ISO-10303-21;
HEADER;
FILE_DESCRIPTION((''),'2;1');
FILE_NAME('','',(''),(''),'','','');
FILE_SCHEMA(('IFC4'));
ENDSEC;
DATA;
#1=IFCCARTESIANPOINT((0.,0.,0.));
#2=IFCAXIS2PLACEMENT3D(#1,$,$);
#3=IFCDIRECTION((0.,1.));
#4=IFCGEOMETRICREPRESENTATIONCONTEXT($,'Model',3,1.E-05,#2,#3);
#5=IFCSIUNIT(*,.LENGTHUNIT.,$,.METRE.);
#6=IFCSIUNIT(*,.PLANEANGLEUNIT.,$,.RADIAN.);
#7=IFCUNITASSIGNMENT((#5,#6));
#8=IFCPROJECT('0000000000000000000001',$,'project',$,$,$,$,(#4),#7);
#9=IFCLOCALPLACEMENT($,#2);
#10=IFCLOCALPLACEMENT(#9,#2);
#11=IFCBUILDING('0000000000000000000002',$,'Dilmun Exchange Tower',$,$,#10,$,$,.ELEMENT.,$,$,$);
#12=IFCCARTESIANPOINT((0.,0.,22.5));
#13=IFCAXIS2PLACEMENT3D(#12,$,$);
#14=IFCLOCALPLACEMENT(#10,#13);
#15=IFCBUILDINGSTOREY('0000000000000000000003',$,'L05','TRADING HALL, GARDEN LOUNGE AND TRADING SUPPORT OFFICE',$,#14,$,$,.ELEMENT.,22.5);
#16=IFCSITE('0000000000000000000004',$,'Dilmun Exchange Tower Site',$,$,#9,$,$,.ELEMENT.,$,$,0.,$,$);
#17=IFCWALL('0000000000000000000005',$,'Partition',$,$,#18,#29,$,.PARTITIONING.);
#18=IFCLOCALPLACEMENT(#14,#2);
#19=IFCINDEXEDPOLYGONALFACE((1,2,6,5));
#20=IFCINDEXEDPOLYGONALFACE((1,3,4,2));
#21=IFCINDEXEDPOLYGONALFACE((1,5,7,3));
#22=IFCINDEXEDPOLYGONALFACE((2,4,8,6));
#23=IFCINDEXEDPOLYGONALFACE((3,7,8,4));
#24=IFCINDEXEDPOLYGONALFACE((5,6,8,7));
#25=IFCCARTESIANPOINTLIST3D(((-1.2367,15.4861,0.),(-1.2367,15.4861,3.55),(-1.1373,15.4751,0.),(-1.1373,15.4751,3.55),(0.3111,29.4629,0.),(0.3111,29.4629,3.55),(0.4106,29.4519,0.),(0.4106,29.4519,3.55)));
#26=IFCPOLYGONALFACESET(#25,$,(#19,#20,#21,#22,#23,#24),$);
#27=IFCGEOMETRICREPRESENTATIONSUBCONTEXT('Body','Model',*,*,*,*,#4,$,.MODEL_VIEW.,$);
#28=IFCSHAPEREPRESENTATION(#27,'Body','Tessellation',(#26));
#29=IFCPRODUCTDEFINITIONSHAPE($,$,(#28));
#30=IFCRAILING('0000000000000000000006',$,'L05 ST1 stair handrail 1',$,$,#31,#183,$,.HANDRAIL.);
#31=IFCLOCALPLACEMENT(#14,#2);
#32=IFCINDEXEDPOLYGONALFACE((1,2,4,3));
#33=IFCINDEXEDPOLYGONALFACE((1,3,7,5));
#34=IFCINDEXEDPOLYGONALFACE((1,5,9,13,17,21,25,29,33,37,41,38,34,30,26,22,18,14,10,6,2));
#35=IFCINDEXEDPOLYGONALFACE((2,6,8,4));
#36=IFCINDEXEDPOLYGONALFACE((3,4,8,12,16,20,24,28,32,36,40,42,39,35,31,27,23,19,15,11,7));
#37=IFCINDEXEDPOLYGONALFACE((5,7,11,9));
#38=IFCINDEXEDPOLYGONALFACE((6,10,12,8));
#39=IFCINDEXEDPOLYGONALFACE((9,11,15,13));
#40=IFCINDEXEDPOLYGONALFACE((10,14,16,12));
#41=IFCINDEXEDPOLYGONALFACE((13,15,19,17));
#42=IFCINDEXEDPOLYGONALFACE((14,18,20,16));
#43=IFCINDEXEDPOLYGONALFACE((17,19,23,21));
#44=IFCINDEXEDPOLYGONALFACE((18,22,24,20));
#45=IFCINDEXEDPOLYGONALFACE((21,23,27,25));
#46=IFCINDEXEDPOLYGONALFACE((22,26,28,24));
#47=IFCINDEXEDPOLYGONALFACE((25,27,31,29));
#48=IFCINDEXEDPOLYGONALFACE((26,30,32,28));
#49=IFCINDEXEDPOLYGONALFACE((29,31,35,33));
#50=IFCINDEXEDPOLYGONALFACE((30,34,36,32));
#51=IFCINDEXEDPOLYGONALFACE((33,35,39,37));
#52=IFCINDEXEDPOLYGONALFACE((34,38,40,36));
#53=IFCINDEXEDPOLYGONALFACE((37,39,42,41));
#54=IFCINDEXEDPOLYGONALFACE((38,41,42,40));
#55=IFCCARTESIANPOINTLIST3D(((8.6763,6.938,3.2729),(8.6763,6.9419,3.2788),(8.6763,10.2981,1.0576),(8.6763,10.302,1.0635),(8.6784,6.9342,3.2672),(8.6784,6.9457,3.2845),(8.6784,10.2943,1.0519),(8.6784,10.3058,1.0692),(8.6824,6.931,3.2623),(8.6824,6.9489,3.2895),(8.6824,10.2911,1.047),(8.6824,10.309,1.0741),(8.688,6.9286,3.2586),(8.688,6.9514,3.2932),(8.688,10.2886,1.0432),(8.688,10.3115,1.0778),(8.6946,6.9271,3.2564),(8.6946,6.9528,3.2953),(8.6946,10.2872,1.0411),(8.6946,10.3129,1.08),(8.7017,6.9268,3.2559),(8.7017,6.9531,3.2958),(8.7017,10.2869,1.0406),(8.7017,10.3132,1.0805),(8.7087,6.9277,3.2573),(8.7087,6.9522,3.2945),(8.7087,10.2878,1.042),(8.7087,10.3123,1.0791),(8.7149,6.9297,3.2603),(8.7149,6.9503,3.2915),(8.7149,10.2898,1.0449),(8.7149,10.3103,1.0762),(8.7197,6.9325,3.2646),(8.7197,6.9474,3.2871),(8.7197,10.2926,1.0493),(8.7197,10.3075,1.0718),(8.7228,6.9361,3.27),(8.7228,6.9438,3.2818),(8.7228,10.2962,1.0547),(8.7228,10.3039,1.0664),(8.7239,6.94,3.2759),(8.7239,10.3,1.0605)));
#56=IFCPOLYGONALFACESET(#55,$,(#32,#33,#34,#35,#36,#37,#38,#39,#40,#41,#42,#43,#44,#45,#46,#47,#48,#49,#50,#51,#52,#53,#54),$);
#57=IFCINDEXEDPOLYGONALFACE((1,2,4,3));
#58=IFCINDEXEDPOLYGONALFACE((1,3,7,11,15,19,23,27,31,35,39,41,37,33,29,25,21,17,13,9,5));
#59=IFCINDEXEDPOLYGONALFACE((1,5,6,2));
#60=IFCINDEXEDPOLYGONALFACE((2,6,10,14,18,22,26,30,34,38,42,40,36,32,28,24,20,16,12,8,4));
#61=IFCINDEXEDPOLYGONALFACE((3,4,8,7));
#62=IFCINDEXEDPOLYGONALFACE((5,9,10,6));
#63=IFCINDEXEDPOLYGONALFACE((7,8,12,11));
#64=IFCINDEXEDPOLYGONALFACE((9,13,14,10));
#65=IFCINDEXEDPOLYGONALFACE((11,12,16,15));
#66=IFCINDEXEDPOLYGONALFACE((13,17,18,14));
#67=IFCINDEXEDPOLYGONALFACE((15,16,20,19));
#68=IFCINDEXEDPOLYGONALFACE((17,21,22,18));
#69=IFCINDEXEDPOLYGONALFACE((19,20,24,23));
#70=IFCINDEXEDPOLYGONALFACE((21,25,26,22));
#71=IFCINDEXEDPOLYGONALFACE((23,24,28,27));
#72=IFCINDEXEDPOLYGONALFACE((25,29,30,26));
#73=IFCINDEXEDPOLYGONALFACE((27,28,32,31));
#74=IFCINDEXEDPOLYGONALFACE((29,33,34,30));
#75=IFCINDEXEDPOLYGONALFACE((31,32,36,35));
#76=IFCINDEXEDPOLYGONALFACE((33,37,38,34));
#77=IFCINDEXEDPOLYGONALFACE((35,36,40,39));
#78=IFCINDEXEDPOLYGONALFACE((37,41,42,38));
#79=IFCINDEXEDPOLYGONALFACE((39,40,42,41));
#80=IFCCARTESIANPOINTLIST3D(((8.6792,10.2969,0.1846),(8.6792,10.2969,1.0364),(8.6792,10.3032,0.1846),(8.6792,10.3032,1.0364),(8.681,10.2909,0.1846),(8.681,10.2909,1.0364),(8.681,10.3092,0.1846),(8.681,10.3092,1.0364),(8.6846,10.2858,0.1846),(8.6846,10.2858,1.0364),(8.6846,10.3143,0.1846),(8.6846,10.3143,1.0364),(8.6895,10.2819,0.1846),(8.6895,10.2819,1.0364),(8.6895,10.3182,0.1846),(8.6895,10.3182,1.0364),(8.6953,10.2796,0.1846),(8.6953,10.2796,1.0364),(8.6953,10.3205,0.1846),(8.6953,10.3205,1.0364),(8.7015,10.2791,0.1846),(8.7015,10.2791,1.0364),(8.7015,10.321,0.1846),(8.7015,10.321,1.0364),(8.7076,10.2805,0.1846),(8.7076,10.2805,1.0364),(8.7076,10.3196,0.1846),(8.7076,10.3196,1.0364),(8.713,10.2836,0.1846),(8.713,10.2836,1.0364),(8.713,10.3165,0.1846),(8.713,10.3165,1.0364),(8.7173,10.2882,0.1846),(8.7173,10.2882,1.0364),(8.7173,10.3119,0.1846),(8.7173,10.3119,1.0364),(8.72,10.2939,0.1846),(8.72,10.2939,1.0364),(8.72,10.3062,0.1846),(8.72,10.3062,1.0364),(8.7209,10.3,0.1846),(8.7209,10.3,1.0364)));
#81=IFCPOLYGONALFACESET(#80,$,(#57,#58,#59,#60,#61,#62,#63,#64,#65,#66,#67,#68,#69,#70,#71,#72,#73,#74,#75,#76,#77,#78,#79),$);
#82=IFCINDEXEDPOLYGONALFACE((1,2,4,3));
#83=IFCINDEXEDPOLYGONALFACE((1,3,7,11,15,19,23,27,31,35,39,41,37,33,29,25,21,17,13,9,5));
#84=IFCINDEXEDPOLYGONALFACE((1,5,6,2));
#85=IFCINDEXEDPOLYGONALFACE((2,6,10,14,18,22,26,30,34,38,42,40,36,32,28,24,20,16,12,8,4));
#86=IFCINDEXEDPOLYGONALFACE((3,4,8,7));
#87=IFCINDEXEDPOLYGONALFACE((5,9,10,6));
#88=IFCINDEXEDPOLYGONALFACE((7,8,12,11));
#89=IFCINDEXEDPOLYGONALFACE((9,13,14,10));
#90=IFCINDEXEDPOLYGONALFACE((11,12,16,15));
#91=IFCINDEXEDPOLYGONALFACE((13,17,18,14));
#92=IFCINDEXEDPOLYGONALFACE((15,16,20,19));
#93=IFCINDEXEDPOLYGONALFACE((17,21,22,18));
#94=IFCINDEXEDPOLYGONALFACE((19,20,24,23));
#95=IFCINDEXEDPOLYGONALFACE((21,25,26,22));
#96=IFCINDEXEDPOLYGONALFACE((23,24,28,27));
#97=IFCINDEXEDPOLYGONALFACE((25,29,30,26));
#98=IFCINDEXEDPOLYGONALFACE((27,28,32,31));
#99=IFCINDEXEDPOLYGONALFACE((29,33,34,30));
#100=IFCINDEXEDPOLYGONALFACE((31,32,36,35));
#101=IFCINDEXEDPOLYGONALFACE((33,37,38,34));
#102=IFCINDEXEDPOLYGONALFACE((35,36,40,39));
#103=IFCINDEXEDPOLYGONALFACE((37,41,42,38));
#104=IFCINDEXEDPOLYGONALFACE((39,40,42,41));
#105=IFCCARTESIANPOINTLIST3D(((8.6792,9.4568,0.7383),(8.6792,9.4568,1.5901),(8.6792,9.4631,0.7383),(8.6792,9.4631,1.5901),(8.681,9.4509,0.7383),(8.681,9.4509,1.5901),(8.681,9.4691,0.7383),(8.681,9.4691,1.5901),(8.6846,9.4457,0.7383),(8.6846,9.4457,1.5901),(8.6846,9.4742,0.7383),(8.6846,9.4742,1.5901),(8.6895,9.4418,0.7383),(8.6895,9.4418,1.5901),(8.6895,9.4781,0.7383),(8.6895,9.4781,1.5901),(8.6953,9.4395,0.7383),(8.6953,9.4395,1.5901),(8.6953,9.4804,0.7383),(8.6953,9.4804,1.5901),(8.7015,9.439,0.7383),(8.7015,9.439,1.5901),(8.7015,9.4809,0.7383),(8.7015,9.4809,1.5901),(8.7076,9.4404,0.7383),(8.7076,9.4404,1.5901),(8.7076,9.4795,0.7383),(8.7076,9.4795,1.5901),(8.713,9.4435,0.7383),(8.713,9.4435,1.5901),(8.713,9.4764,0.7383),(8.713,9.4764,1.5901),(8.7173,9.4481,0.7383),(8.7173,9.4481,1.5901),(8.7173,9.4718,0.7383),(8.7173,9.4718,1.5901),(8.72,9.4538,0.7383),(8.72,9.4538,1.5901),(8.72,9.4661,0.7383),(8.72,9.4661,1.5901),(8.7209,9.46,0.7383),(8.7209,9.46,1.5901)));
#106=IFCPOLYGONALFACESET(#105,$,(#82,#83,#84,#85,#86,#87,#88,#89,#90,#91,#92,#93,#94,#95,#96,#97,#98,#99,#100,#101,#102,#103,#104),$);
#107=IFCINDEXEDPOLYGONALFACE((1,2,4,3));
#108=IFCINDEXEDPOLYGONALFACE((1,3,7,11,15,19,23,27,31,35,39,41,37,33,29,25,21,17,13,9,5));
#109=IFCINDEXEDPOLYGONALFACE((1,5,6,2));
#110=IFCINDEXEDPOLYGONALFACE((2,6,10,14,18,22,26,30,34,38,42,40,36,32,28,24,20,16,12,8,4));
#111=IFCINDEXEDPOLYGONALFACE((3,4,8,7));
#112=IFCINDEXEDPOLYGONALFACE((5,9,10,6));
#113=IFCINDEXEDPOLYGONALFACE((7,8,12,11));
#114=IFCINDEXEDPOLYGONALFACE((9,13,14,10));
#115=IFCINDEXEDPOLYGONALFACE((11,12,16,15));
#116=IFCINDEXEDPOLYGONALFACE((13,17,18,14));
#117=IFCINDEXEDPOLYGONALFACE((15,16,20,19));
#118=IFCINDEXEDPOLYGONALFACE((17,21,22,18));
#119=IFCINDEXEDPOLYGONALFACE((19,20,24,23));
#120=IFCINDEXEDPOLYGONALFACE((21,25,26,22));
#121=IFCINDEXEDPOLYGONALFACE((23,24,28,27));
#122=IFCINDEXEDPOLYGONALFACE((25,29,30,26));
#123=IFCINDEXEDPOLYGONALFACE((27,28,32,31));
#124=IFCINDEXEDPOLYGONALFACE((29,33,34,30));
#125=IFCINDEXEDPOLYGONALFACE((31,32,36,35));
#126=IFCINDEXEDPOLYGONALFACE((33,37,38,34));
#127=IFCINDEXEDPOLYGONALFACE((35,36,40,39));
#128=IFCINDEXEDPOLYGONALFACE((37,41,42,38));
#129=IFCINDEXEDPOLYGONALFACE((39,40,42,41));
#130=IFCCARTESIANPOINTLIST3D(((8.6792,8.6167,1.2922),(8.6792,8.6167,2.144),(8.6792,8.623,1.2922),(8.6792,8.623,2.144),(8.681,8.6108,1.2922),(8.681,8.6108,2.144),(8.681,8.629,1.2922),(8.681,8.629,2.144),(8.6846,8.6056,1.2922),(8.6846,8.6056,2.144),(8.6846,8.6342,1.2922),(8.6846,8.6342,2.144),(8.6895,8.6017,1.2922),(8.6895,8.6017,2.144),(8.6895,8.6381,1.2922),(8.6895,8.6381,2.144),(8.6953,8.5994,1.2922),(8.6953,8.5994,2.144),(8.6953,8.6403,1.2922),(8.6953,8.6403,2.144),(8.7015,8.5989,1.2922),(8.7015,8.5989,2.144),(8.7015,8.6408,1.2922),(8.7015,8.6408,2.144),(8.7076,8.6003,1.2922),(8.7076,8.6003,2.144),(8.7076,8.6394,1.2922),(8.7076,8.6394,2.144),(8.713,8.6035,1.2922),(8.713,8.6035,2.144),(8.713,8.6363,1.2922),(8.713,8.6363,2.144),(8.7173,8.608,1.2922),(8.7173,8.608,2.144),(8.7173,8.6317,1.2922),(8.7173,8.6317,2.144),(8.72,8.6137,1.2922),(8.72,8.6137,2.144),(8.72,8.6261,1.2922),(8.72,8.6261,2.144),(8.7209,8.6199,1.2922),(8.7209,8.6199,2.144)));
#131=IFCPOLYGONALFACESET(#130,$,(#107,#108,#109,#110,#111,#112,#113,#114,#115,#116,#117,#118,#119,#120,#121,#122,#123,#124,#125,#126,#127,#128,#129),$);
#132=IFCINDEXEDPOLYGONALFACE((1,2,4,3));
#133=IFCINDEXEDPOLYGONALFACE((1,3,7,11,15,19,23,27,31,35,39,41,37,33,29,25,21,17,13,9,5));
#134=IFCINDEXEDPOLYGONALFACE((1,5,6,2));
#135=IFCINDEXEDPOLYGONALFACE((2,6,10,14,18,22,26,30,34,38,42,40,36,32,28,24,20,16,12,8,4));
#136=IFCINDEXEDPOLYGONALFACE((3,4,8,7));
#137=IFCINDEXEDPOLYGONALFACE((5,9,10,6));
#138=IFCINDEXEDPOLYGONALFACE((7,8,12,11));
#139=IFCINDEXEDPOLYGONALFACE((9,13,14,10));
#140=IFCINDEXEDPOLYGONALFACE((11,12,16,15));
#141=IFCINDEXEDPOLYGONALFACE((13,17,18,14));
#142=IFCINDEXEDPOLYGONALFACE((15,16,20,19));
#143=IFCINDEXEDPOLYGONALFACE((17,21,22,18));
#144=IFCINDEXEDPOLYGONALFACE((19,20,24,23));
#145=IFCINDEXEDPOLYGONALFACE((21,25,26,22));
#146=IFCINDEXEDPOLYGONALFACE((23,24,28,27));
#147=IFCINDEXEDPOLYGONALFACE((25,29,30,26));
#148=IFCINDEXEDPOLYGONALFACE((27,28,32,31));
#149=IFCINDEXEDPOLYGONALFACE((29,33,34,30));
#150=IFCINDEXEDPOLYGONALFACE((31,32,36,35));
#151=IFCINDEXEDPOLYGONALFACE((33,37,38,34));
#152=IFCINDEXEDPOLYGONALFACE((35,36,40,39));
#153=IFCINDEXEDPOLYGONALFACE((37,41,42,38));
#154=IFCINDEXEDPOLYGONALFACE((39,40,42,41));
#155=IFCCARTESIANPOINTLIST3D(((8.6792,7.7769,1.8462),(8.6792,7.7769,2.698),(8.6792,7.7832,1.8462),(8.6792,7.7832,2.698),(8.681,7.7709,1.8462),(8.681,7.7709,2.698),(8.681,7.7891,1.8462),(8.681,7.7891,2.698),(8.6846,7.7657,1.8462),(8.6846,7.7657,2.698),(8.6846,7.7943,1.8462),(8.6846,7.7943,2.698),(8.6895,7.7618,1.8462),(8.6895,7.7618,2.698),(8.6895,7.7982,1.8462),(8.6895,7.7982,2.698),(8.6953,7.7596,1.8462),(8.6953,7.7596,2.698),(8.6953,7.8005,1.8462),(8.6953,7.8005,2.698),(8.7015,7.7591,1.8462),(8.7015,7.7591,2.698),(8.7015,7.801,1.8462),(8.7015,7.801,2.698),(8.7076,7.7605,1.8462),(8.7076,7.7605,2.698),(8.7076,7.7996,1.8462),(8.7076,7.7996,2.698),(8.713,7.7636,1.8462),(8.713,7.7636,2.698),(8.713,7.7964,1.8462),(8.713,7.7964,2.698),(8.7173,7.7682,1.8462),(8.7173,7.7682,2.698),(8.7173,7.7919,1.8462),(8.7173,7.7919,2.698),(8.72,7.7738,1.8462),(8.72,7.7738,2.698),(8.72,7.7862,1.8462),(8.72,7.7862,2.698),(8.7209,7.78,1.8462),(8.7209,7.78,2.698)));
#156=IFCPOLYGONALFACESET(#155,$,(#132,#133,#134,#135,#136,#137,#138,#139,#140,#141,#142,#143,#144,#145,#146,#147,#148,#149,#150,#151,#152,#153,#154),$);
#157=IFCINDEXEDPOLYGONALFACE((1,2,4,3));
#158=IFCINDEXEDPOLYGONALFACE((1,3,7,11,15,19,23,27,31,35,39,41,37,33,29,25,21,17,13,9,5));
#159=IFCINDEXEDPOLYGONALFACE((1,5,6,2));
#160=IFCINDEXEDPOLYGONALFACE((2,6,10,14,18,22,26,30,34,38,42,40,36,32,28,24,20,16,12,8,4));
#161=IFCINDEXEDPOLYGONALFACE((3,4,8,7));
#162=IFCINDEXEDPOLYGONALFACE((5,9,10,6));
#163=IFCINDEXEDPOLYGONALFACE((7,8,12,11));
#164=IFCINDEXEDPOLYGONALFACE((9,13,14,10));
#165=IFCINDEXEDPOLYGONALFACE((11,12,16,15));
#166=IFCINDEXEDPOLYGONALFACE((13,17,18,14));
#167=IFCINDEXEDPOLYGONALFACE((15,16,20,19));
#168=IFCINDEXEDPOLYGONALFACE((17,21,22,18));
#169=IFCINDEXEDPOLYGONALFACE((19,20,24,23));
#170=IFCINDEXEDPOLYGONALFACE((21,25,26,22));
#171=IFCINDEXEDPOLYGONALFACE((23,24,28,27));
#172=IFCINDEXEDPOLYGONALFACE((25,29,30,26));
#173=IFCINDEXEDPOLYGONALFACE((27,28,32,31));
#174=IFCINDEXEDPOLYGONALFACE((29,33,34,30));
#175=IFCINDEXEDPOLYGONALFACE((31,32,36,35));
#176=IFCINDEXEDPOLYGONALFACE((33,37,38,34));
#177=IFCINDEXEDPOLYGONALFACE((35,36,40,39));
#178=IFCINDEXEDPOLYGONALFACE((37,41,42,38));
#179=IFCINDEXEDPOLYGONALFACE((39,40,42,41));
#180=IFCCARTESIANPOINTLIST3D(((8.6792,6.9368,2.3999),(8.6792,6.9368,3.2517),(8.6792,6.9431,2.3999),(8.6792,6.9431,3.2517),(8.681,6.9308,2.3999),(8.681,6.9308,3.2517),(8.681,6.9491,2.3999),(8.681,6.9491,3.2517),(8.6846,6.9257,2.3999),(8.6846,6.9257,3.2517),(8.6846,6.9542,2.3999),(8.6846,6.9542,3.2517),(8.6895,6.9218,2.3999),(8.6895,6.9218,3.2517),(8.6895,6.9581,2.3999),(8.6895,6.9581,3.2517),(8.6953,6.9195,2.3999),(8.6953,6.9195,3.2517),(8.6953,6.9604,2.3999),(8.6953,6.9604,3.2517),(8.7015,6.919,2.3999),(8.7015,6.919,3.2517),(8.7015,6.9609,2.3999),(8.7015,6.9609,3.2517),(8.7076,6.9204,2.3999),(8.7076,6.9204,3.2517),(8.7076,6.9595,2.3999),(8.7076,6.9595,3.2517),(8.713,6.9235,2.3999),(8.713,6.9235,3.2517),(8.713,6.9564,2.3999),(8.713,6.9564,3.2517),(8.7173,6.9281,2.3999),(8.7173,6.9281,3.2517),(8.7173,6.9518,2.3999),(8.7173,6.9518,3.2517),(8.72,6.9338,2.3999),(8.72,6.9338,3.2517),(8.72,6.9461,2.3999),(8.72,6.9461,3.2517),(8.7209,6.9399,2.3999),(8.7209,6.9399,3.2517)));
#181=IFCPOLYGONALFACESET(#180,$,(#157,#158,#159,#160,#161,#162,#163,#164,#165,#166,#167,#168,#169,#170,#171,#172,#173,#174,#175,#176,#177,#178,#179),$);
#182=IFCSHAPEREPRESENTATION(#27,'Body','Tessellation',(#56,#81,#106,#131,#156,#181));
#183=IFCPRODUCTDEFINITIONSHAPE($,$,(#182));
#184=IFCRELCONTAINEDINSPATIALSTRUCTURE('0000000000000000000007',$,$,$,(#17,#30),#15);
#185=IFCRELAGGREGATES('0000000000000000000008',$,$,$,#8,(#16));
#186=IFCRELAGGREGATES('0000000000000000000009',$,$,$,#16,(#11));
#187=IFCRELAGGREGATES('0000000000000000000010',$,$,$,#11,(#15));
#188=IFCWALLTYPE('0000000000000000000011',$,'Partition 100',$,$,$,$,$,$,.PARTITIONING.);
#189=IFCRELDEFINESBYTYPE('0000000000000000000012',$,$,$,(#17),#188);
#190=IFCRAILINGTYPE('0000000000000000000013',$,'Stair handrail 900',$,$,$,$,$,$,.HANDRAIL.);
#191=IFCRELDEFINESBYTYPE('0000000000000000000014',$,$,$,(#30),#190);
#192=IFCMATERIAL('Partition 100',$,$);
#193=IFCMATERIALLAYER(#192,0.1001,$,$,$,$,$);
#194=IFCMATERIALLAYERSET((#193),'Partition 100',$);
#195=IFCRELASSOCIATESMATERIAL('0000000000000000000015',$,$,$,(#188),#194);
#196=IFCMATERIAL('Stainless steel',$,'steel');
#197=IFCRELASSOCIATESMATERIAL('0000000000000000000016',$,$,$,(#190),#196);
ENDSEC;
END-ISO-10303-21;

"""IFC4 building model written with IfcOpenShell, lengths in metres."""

from ifc_helpers import new_model, si_unit, direction, frame, frame_2d, origin, origin_2d, place, context, subcontext, project, spatial, rectangle, circle, extrude, material, layer, layer_set, type_object, element, save


model = new_model("IFC4")

# Units and contexts
model_context = context("Model", 3, precision=1e-05, world=origin(), true_north=direction((0.0, 1.0)))
body_context = subcontext(model_context, "Body", "Model", "MODEL_VIEW")
ifc_project = project(units=[si_unit("LENGTHUNIT", "METRE"), si_unit("PLANEANGLEUNIT", "RADIAN")], contexts=[model_context])

# Site, building, storey
site_placement = place(None, origin())
site = spatial("IfcSite", under=ifc_project, at=site_placement, Name="Dilmun Exchange Tower Site", CompositionType="ELEMENT", RefElevation=0.0)
building_placement = place(site_placement, origin())
building = spatial("IfcBuilding", under=site, at=building_placement, Name="Dilmun Exchange Tower", CompositionType="ELEMENT")
storey_placement = place(building_placement, frame((0.0, 0.0, 22.5)))
storey = spatial("IfcBuildingStorey", under=building, at=storey_placement, Name="L05", Description="TRADING HALL, GARDEN LOUNGE AND TRADING SUPPORT OFFICE", CompositionType="ELEMENT", Elevation=22.5)

# Wall
ifc_material_1 = material(Name="Partition 100")
ifc_layer_1 = layer(ifc_material_1, 0.1001)
ifc_layer_set_1 = layer_set([ifc_layer_1], Name="Partition 100")
wall_type_1 = type_object("IfcWallType", Name="Partition 100", PredefinedType="PARTITIONING", material=ifc_layer_set_1)
wall_1_placement = place(storey_placement, frame((-1.187, 15.4805, 0.0), z_axis=(0.0, 0.0, 1.0), x_axis=(0.110071, 0.993924, 0.0)))
element("IfcWall", 1, at=wall_1_placement, inside=storey, type_object=wall_type_1, Name="Partition", PredefinedType="PARTITIONING", context=body_context, shape_type="SweptSolid", body=[
    extrude(rectangle(XDim=14.0623, YDim=0.1001, at=frame_2d((7.0312, 0.0))), origin(), (0.0, 0.0, 1.0), 3.55),
])

# Railing
ifc_material_2 = material(Name="Stainless steel", Category="steel")
railing_type = type_object("IfcRailingType", Name="Stair handrail 900", PredefinedType="HANDRAIL", material=ifc_material_2)
railing_placement = place(storey_placement, frame((8.7, 10.3, 0.1846)))
element("IfcRailing", 2, at=railing_placement, inside=storey, type_object=railing_type, Name="L05 ST1 stair handrail 1", PredefinedType="HANDRAIL", context=body_context, shape_type="SweptSolid", body=[
    extrude(circle(Radius=0.0239, at=origin_2d()), frame((0.0, 0.0, 0.876), z_axis=(0.0, -0.834876, 0.550437), x_axis=(1.0, 0.0, 0.0)), (0.0, 0.0, 1.0), 4.0247),
    extrude(circle(Radius=0.021, at=origin_2d()), origin(), (0.0, 0.0, 1.0), 0.8518),
    extrude(circle(Radius=0.021, at=origin_2d()), frame((0.0, -0.8401, 0.5537)), (0.0, 0.0, 1.0), 0.8518),
    extrude(circle(Radius=0.021, at=origin_2d()), frame((0.0, -1.6802, 1.1077)), (0.0, 0.0, 1.0), 0.8518),
    extrude(circle(Radius=0.021, at=origin_2d()), frame((0.0, -2.52, 1.6616)), (0.0, 0.0, 1.0), 0.8518),
    extrude(circle(Radius=0.021, at=origin_2d()), frame((0.0, -3.3601, 2.2153)), (0.0, 0.0, 1.0), 0.8518),
])

save(model, "model.ifc")
